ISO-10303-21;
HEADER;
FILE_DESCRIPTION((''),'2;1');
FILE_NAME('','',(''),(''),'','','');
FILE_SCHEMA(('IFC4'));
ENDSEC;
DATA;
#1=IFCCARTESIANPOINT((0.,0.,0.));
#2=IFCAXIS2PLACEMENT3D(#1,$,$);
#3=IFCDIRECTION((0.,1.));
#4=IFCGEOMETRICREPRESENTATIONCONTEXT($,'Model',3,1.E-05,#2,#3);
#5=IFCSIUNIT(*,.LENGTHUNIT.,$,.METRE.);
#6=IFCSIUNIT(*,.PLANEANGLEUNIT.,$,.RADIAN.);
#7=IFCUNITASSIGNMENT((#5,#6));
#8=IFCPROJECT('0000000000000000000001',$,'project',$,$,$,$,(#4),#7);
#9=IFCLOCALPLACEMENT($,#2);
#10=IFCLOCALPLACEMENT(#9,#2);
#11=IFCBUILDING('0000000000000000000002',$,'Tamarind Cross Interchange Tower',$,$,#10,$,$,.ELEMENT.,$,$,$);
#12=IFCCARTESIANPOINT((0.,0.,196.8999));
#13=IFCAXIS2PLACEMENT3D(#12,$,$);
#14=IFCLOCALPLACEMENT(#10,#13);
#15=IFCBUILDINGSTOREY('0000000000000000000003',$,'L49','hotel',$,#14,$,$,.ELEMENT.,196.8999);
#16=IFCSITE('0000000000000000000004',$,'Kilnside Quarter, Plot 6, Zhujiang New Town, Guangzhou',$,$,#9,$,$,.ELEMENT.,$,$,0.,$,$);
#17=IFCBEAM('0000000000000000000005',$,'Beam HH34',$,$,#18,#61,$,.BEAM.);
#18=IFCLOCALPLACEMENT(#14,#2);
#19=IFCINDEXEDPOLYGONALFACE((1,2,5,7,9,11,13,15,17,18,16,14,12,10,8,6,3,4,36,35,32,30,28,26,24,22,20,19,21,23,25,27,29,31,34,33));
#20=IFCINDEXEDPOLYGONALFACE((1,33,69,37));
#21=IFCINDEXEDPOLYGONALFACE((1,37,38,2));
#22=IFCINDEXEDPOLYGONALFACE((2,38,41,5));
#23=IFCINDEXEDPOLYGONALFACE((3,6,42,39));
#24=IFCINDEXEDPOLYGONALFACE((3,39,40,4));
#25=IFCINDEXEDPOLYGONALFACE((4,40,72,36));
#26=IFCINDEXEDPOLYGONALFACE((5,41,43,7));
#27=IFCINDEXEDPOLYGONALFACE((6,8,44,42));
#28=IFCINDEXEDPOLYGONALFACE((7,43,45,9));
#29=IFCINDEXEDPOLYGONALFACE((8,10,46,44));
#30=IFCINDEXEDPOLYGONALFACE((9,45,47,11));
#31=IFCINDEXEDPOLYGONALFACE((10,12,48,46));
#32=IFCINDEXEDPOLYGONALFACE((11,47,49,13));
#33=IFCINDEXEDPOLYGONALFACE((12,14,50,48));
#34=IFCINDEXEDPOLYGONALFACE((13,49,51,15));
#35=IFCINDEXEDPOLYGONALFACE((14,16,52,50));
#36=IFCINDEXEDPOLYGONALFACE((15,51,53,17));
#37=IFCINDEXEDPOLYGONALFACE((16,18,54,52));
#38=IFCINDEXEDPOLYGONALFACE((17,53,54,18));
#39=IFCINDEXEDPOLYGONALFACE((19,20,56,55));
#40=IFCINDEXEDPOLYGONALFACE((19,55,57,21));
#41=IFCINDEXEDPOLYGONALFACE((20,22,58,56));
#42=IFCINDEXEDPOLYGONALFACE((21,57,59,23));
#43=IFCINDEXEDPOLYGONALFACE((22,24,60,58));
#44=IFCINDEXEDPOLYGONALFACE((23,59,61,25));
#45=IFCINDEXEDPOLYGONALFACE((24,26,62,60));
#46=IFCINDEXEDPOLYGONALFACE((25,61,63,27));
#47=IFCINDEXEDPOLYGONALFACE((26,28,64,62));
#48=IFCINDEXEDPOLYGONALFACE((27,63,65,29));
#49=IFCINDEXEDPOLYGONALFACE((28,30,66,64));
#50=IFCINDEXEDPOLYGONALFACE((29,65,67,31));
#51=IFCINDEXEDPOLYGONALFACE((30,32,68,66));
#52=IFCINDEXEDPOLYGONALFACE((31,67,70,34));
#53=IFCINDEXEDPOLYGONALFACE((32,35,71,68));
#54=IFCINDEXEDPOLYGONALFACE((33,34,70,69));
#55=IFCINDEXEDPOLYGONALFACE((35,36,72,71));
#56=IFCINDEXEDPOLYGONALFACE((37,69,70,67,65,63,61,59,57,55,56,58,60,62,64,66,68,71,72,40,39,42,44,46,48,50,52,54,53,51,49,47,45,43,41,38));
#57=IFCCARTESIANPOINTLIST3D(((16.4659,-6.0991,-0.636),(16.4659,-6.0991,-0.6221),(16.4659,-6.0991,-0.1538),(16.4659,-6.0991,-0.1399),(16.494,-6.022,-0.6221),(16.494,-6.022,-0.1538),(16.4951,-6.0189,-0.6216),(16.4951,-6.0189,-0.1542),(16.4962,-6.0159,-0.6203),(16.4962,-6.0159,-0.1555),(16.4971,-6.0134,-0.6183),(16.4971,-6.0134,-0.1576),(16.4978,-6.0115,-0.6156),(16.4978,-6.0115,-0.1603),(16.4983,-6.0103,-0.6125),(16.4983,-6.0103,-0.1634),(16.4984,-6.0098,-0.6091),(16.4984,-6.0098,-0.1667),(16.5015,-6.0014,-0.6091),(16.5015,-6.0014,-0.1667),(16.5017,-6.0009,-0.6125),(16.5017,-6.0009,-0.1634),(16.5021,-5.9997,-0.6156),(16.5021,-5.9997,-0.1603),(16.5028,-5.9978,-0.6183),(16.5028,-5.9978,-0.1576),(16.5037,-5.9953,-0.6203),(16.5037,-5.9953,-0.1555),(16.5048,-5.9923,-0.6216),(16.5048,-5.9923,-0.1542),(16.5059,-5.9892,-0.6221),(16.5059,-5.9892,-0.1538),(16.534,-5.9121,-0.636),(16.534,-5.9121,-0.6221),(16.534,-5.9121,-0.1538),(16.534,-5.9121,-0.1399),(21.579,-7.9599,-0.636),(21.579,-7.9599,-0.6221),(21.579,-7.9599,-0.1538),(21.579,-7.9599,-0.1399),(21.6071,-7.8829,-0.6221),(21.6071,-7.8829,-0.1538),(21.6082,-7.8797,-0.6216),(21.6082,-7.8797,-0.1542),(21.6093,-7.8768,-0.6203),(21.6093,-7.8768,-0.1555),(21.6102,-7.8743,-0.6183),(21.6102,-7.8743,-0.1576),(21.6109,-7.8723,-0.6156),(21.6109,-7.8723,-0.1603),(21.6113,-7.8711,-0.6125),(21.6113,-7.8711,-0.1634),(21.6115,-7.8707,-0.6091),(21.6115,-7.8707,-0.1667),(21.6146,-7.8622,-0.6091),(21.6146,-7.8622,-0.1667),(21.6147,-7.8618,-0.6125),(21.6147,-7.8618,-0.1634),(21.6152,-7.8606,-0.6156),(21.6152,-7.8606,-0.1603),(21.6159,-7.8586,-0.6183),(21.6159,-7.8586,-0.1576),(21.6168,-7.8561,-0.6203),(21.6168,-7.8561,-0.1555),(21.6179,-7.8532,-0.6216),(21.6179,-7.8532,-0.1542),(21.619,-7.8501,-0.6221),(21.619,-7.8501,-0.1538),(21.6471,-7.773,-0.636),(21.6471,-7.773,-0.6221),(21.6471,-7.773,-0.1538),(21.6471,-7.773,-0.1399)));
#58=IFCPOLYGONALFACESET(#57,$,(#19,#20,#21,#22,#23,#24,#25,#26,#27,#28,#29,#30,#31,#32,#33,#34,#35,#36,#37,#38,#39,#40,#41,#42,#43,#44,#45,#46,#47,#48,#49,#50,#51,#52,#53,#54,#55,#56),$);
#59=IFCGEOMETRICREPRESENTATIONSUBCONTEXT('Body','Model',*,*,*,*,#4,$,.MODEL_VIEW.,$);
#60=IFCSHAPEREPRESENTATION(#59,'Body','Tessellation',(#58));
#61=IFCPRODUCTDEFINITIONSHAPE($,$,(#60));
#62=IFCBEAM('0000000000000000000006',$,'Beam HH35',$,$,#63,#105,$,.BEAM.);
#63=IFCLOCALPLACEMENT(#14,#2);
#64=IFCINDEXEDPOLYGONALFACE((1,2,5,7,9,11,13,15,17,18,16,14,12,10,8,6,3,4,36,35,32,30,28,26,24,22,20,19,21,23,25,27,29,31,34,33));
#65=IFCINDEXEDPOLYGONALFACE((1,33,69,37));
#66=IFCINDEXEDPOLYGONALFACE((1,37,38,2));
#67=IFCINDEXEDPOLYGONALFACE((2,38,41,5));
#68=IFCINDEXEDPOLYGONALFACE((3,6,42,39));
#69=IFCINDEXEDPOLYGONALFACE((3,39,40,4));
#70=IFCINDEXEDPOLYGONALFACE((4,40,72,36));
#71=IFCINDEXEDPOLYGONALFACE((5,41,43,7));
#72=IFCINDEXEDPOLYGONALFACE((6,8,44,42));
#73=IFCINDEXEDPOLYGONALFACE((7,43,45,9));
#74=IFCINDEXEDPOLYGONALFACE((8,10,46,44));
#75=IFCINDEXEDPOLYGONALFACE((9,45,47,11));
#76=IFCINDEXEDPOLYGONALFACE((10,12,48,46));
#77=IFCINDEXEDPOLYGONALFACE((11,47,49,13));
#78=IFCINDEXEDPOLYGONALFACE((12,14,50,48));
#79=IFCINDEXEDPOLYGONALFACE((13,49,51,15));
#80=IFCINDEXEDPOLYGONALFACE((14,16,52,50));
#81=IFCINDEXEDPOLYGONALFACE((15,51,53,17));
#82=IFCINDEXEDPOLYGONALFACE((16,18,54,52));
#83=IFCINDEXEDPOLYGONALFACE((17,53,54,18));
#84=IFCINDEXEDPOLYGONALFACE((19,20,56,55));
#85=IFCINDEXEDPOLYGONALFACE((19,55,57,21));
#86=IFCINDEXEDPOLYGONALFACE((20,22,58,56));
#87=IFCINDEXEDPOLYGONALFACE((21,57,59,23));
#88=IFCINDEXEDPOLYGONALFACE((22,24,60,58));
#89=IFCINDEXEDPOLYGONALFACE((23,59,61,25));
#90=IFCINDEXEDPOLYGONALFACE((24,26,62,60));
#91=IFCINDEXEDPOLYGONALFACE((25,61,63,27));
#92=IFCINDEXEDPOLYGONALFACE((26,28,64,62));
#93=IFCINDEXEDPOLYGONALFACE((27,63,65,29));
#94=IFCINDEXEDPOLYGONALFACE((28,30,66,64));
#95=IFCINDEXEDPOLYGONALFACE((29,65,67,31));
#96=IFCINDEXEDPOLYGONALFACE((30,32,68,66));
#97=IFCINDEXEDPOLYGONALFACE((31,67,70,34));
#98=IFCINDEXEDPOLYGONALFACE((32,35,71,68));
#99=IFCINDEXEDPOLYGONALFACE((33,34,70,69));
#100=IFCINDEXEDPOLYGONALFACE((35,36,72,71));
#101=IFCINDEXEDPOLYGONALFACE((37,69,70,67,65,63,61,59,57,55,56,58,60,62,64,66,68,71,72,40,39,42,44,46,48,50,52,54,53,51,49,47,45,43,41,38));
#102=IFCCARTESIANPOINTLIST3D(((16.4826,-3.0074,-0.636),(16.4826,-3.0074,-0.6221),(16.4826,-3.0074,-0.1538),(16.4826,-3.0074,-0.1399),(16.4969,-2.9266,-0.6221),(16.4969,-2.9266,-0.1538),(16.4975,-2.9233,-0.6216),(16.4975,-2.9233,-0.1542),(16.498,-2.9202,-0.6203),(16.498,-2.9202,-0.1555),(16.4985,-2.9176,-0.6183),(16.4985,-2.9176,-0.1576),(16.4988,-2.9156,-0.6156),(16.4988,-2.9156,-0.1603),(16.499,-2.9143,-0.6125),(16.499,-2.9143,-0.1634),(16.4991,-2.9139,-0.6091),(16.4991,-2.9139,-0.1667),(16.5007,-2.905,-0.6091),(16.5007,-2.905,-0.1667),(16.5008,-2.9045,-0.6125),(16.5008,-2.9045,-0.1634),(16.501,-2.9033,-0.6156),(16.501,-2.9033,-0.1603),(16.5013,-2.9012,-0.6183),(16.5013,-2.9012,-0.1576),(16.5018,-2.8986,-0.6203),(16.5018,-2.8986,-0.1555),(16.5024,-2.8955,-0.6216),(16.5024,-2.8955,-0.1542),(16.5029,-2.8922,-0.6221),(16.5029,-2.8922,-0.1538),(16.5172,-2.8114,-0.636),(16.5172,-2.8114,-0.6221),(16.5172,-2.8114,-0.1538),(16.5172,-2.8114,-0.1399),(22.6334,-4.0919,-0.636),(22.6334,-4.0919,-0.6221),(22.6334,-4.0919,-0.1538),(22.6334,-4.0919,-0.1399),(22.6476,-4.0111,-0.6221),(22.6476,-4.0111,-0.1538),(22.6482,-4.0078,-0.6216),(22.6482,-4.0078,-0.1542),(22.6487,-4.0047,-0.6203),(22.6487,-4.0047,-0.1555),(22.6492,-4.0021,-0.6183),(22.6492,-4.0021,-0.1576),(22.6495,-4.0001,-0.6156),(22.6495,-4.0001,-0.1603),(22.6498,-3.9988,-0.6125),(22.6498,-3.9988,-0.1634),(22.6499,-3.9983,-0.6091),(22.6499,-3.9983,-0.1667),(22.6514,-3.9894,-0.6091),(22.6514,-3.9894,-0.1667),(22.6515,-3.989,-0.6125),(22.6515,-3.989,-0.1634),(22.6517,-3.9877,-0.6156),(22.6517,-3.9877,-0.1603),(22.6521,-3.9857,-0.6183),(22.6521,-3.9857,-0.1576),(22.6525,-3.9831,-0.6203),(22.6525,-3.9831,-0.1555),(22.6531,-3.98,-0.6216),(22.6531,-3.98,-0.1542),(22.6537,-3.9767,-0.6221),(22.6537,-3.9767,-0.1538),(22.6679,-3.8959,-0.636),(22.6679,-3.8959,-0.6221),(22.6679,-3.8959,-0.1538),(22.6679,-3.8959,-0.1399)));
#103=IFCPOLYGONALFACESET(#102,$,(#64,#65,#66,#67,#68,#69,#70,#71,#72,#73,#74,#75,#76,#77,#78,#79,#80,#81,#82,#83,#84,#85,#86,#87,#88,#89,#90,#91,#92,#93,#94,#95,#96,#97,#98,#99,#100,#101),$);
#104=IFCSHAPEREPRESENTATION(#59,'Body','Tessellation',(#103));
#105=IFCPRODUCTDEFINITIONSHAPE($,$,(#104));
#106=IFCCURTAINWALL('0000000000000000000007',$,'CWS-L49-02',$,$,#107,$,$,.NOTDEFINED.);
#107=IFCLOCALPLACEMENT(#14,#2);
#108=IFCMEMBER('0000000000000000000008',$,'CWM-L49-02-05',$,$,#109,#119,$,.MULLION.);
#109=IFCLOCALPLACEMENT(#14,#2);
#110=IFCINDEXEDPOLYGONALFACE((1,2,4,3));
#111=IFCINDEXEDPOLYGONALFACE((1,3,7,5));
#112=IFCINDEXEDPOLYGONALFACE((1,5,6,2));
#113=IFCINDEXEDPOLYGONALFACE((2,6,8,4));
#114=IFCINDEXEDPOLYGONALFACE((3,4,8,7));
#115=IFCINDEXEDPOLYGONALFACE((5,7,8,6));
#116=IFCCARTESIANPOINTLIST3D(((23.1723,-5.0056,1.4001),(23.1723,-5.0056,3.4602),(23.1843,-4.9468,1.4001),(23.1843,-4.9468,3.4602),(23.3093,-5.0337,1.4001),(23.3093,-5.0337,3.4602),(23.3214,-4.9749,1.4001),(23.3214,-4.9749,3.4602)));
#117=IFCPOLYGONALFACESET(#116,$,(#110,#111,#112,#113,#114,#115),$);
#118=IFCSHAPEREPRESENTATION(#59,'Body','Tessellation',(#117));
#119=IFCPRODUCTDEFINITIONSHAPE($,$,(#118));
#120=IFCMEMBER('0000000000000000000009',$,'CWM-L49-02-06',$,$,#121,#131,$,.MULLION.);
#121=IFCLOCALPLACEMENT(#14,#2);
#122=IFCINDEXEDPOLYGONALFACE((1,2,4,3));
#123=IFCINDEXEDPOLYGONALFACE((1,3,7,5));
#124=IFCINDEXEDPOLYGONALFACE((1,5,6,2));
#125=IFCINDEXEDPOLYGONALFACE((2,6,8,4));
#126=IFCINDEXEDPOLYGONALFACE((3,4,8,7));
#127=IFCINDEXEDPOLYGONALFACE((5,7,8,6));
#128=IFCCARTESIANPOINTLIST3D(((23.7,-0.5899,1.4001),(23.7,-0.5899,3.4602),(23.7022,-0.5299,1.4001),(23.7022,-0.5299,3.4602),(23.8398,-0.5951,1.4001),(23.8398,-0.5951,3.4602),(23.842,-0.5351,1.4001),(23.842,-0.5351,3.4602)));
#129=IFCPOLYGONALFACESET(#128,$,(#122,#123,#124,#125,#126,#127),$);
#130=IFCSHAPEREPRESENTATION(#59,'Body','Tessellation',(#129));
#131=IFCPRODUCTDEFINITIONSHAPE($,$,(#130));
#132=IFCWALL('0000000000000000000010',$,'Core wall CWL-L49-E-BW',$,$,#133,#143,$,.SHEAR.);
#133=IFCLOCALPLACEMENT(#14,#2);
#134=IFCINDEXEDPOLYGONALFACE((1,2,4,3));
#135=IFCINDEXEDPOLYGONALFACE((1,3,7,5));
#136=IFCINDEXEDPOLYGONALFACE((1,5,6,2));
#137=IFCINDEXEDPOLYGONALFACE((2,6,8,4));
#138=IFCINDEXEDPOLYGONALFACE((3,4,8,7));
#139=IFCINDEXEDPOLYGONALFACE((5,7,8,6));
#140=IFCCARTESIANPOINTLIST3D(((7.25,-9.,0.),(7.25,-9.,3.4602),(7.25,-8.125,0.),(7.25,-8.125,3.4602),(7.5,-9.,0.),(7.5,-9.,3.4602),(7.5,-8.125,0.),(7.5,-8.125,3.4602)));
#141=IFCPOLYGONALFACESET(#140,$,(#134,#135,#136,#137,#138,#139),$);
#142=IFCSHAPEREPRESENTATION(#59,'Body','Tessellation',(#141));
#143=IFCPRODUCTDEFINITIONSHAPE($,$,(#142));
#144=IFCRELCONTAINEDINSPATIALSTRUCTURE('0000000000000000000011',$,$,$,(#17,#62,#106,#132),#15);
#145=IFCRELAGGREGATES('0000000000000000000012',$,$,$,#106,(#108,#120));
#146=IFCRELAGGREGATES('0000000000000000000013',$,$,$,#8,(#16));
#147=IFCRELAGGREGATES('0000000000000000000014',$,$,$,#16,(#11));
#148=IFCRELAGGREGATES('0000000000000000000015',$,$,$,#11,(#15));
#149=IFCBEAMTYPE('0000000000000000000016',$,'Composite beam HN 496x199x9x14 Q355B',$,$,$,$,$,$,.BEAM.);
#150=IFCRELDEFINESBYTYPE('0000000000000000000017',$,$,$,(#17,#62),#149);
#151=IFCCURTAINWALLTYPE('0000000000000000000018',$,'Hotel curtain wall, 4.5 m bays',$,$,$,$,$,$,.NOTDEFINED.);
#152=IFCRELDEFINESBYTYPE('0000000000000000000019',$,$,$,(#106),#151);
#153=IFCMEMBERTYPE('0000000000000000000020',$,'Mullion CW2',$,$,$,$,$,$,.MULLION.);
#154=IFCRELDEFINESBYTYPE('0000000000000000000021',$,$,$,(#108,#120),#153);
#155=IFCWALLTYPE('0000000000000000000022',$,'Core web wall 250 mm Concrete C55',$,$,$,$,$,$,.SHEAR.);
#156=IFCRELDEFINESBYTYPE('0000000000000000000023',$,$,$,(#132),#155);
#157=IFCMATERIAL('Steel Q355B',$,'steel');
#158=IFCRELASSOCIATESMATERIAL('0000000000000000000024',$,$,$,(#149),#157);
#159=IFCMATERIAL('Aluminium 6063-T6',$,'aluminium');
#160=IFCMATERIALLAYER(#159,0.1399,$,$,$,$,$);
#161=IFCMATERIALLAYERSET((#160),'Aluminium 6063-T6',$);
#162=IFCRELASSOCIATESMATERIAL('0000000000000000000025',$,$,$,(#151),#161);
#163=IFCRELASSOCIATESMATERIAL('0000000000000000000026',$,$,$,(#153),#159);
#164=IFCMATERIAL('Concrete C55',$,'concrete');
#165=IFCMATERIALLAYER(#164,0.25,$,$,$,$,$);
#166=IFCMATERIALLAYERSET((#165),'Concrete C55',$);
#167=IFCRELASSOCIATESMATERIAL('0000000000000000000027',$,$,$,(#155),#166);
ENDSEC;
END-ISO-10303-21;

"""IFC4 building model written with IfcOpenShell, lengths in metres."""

from ifc_helpers import new_model, si_unit, direction, frame, frame_2d, origin, origin_2d, place, context, subcontext, project, spatial, rectangle, i_section, extrude, material, layer, layer_set, material_profile, profile_set, type_object, element, aggregate, save


model = new_model("IFC4")

# Units and contexts
model_context = context("Model", 3, precision=1e-05, world=origin(), true_north=direction((0.0, 1.0)))
body_context = subcontext(model_context, "Body", "Model", "MODEL_VIEW")
ifc_project = project(units=[si_unit("LENGTHUNIT", "METRE"), si_unit("PLANEANGLEUNIT", "RADIAN")], contexts=[model_context])

# Site, building, storey
site_placement = place(None, origin())
site = spatial("IfcSite", under=ifc_project, at=site_placement, Name="Kilnside Quarter, Plot 6, Zhujiang New Town, Guangzhou", CompositionType="ELEMENT", RefElevation=0.0)
building_placement = place(site_placement, origin())
building = spatial("IfcBuilding", under=site, at=building_placement, Name="Tamarind Cross Interchange Tower", CompositionType="ELEMENT")
storey_placement = place(building_placement, frame((0.0, 0.0, 196.8999)))
storey = spatial("IfcBuildingStorey", under=building, at=storey_placement, Name="L49", Description="hotel", CompositionType="ELEMENT", Elevation=196.8999)

# Shared definitions
ifc_material_1 = material(Name="Concrete C55", Category="concrete")

# Beams
ifc_material_2 = material(Name="Steel Q355B", Category="steel")
ifc_material_profile_1 = material_profile(ifc_material_2, i_section(OverallWidth=0.199, OverallDepth=0.4961, WebThickness=0.009, FlangeThickness=0.0139, FilletRadius=0.0129, at=origin_2d()), Name="HN 496x199x9x14")
ifc_profile_set_1 = profile_set([ifc_material_profile_1], Name="Steel Q355B")
beam_type = type_object("IfcBeamType", Name="Composite beam HN 496x199x9x14 Q355B", PredefinedType="BEAM", material=ifc_profile_set_1)
beam_1_placement = place(storey_placement, frame((21.613, -7.8665, -0.3879), z_axis=(-0.939702, 0.341995, 0.0), x_axis=(-0.341995, -0.939702, 0.0)))
element("IfcBeam", 1, at=beam_1_placement, inside=storey, type_object=beam_type, Name="Beam HH34", PredefinedType="BEAM", context=body_context, shape_type="SweptSolid", body=[
    extrude(i_section(OverallWidth=0.199, OverallDepth=0.4961, WebThickness=0.009, FlangeThickness=0.0139, FilletRadius=0.0129, at=origin_2d()), origin(), (0.0, 0.0, 1.0), 5.4412),
])
beam_2_placement = place(storey_placement, frame((22.6506, -3.9939, -0.3879), z_axis=(-0.984809, 0.17364, 0.0), x_axis=(-0.17364, -0.984809, 0.0)))
element("IfcBeam", 2, at=beam_2_placement, inside=storey, type_object=beam_type, Name="Beam HH35", PredefinedType="BEAM", context=body_context, shape_type="SweptSolid", body=[
    extrude(i_section(OverallWidth=0.199, OverallDepth=0.4961, WebThickness=0.009, FlangeThickness=0.0139, FilletRadius=0.0129, at=origin_2d()), origin(), (0.0, 0.0, 1.0), 6.2456),
])

# Curtain wall, members
ifc_material_3 = material(Name="Aluminium 6063-T6", Category="aluminium")
ifc_layer_1 = layer(ifc_material_3, 0.1399)
ifc_layer_set_1 = layer_set([ifc_layer_1], Name="Aluminium 6063-T6")
curtain_wall_type = type_object("IfcCurtainWallType", Name="Hotel curtain wall, 4.5 m bays", PredefinedType="NOTDEFINED", material=ifc_layer_set_1)
curtain_wall_placement = place(storey_placement, origin())
curtain_wall = element("IfcCurtainWall", 3, at=curtain_wall_placement, inside=storey, type_object=curtain_wall_type, Name="CWS-L49-02", PredefinedType="NOTDEFINED")
ifc_material_profile_2 = material_profile(ifc_material_3, rectangle(XDim=0.0601, YDim=0.1399, at=origin_2d()), Name="Mullion CW2")
ifc_profile_set_2 = profile_set([ifc_material_profile_2], Name="Aluminium 6063-T6")
member_type = type_object("IfcMemberType", Name="Mullion CW2", PredefinedType="MULLION", material=ifc_profile_set_2)
member_1_placement = place(storey_placement, frame((23.2468, -4.9902, 1.4001), z_axis=(0.0, 0.0, 1.0), x_axis=(0.201001, 0.979591, 0.0)))
member_1 = element("IfcMember", 4, at=member_1_placement, type_object=member_type, Name="CWM-L49-02-05", PredefinedType="MULLION", context=body_context, shape_type="SweptSolid", body=[
    extrude(rectangle(XDim=0.0601, YDim=0.1399, at=origin_2d()), origin(), (0.0, 0.0, 1.0), 2.0601),
])
member_2_placement = place(storey_placement, frame((23.771, -0.5625, 1.4001), z_axis=(0.0, 0.0, 1.0), x_axis=(0.037025, 0.999314, 0.0)))
member_2 = element("IfcMember", 5, at=member_2_placement, type_object=member_type, Name="CWM-L49-02-06", PredefinedType="MULLION", context=body_context, shape_type="SweptSolid", body=[
    extrude(rectangle(XDim=0.0601, YDim=0.1399, at=origin_2d()), origin(), (0.0, 0.0, 1.0), 2.0601),
])
aggregate(curtain_wall, [member_1, member_2])

# Wall
ifc_layer_2 = layer(ifc_material_1, 0.25)
ifc_layer_set_2 = layer_set([ifc_layer_2], Name="Concrete C55")
wall_type_1 = type_object("IfcWallType", Name="Core web wall 250 mm Concrete C55", PredefinedType="SHEAR", material=ifc_layer_set_2)
wall_1_placement = place(storey_placement, frame((7.375, -9.0, 0.0), z_axis=(0.0, 0.0, 1.0), x_axis=(0.0, 1.0, 0.0)))
element("IfcWall", 6, at=wall_1_placement, inside=storey, type_object=wall_type_1, Name="Core wall CWL-L49-E-BW", PredefinedType="SHEAR", context=body_context, shape_type="SweptSolid", body=[
    extrude(rectangle(XDim=0.875, YDim=0.25, at=frame_2d((0.4375, 0.0))), origin(), (0.0, 0.0, 1.0), 3.4602),
])

save(model, "model.ifc")
